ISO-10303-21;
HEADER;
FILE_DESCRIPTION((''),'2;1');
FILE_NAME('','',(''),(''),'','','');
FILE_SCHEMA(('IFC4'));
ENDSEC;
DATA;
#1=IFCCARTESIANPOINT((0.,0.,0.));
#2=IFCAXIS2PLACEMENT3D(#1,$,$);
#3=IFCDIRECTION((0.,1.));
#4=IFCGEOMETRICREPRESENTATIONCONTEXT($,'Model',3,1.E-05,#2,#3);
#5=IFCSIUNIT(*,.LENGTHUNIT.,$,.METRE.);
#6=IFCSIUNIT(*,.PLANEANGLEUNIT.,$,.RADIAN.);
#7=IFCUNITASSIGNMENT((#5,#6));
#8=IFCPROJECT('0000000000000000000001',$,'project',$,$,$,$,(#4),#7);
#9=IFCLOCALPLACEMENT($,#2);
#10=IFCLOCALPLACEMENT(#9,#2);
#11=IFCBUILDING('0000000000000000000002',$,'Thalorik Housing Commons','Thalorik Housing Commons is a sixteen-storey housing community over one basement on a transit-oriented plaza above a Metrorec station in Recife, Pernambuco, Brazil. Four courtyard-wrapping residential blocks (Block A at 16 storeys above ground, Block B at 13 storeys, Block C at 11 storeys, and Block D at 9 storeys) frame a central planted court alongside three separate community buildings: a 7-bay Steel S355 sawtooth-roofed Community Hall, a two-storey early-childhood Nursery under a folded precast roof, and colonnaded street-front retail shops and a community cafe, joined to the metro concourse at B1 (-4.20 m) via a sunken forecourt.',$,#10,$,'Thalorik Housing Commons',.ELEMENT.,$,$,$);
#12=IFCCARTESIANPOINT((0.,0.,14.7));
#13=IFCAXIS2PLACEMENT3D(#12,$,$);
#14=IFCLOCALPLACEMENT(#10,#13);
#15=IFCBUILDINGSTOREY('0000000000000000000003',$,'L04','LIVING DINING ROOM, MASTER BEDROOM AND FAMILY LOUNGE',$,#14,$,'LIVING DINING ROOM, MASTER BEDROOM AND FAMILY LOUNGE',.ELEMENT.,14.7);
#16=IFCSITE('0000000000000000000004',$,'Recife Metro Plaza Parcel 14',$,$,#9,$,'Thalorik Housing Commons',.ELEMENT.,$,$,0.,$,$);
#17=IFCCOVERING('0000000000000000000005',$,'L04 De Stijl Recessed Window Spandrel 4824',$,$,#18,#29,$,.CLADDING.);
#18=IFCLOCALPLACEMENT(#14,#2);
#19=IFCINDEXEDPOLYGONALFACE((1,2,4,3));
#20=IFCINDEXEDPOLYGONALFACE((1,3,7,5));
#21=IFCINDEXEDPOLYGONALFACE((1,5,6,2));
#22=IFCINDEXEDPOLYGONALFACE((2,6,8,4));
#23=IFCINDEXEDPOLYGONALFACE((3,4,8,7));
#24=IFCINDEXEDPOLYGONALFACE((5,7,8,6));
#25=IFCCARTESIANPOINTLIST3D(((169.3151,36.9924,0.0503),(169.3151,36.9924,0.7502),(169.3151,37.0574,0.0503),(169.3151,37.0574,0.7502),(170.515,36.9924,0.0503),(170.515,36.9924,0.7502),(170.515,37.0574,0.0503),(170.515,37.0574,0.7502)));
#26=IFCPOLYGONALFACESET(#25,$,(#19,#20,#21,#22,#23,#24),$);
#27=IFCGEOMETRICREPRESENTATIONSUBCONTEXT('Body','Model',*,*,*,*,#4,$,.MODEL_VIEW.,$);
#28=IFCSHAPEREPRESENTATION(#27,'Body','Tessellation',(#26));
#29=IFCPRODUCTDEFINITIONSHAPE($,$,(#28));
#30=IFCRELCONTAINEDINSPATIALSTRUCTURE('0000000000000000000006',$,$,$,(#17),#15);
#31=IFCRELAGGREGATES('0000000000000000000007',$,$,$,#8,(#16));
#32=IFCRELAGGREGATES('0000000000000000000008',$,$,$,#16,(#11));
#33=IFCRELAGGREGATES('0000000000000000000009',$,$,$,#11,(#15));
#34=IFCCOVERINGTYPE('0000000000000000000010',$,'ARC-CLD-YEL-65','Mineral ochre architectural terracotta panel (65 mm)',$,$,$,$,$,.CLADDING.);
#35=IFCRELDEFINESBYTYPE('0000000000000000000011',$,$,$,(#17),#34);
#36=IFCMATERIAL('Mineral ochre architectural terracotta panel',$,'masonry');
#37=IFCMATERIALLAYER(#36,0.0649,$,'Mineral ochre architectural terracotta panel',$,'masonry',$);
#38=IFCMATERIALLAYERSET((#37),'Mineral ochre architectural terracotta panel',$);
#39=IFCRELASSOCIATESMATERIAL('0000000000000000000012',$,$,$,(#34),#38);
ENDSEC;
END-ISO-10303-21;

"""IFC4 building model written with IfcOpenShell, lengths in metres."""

from ifc_helpers import new_model, si_unit, direction, frame, origin, origin_2d, place, context, subcontext, project, spatial, rectangle, extrude, material, layer, layer_set, type_object, element, save


model = new_model("IFC4")

# Units and contexts
model_context = context("Model", 3, precision=1e-05, world=origin(), true_north=direction((0.0, 1.0)))
body_context = subcontext(model_context, "Body", "Model", "MODEL_VIEW")
ifc_project = project(units=[si_unit("LENGTHUNIT", "METRE"), si_unit("PLANEANGLEUNIT", "RADIAN")], contexts=[model_context])

# Site, building, storey
site_placement = place(None, origin())
site = spatial("IfcSite", under=ifc_project, at=site_placement, Name="Recife Metro Plaza Parcel 14", LongName="Thalorik Housing Commons", CompositionType="ELEMENT", RefElevation=0.0)
building_placement = place(site_placement, origin())
building = spatial("IfcBuilding", under=site, at=building_placement, Name="Thalorik Housing Commons", Description="Thalorik Housing Commons is a sixteen-storey housing community over one basement on a transit-oriented plaza above a Metrorec station in Recife, Pernambuco, Brazil. Four courtyard-wrapping residential blocks (Block A at 16 storeys above ground, Block B at 13 storeys, Block C at 11 storeys, and Block D at 9 storeys) frame a central planted court alongside three separate community buildings: a 7-bay Steel S355 sawtooth-roofed Community Hall, a two-storey early-childhood Nursery under a folded precast roof, and colonnaded street-front retail shops and a community cafe, joined to the metro concourse at B1 (-4.20 m) via a sunken forecourt.", LongName="Thalorik Housing Commons", CompositionType="ELEMENT")
storey_placement = place(building_placement, frame((0.0, 0.0, 14.7)))
storey = spatial("IfcBuildingStorey", under=building, at=storey_placement, Name="L04", Description="LIVING DINING ROOM, MASTER BEDROOM AND FAMILY LOUNGE", LongName="LIVING DINING ROOM, MASTER BEDROOM AND FAMILY LOUNGE", CompositionType="ELEMENT", Elevation=14.7)

# Covering
ifc_material_1 = material(Name="Mineral ochre architectural terracotta panel", Category="masonry")
ifc_layer_1 = layer(ifc_material_1, 0.0649, Name="Mineral ochre architectural terracotta panel", Category="masonry")
ifc_layer_set_1 = layer_set([ifc_layer_1], Name="Mineral ochre architectural terracotta panel")
covering_type_1 = type_object("IfcCoveringType", Name="ARC-CLD-YEL-65", Description="Mineral ochre architectural terracotta panel (65 mm)", PredefinedType="CLADDING", material=ifc_layer_set_1)
covering_1_placement = place(storey_placement, frame((169.915, 37.0249, 0.0503), z_axis=(0.0, 0.0, 1.0), x_axis=(1.0, 0.0, 0.0)))
element("IfcCovering", 1, at=covering_1_placement, inside=storey, type_object=covering_type_1, Name="L04 De Stijl Recessed Window Spandrel 4824", PredefinedType="CLADDING", context=body_context, shape_type="SweptSolid", body=[
    extrude(rectangle(XDim=1.2, YDim=0.0649, at=origin_2d()), origin(), (0.0, 0.0, 1.0), 0.7),
])

save(model, "model.ifc")
